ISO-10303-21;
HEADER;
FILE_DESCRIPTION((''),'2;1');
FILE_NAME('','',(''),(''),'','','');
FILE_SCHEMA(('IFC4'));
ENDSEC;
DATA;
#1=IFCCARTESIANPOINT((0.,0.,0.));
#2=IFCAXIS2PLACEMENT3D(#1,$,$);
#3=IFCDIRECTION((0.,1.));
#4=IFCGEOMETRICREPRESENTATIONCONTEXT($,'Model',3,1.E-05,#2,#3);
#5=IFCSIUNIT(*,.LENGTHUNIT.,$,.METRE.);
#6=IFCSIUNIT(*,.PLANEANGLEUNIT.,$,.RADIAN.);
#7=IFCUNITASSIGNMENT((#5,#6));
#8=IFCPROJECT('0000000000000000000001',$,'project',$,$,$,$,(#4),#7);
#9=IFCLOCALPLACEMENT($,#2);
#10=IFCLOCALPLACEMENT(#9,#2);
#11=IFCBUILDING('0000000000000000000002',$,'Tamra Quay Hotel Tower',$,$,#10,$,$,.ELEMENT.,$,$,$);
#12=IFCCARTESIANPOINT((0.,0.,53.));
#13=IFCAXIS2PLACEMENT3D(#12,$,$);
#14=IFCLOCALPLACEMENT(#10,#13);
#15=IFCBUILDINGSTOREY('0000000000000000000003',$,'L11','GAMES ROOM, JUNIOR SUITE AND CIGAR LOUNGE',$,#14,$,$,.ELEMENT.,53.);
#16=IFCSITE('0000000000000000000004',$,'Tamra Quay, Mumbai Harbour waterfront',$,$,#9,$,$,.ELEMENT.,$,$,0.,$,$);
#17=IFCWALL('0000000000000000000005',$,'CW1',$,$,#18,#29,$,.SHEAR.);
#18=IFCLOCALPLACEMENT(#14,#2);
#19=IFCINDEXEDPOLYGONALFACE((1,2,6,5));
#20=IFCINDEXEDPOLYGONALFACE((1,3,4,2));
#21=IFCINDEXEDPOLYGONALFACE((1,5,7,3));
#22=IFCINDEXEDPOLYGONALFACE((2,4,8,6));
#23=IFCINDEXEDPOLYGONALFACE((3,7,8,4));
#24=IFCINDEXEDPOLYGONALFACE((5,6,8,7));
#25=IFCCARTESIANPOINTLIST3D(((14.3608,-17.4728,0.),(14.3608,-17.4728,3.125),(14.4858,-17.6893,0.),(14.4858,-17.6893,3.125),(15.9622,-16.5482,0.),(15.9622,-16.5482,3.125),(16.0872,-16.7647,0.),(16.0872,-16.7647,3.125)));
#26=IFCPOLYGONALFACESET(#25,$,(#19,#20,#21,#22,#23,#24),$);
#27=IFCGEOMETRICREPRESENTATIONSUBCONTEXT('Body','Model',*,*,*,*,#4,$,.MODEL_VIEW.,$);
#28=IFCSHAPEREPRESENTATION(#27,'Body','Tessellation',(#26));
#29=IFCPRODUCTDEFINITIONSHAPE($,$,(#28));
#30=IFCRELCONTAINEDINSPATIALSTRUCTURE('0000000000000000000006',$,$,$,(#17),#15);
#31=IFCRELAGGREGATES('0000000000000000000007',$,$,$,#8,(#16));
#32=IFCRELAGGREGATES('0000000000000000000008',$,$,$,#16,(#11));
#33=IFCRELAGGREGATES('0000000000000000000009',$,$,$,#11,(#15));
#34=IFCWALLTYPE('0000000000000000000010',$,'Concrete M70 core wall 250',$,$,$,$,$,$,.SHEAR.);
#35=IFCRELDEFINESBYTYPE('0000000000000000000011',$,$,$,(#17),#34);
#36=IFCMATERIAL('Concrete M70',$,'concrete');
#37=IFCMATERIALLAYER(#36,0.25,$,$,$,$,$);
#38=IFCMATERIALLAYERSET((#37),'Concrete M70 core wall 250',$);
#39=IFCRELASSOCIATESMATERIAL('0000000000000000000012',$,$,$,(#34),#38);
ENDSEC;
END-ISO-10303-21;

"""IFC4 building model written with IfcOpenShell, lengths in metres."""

from ifc_helpers import new_model, si_unit, direction, frame, frame_2d, origin, place, context, subcontext, project, spatial, rectangle, extrude, material, layer, layer_set, type_object, element, save


model = new_model("IFC4")

# Units and contexts
model_context = context("Model", 3, precision=1e-05, world=origin(), true_north=direction((0.0, 1.0)))
body_context = subcontext(model_context, "Body", "Model", "MODEL_VIEW")
ifc_project = project(units=[si_unit("LENGTHUNIT", "METRE"), si_unit("PLANEANGLEUNIT", "RADIAN")], contexts=[model_context])

# Site, building, storey
site_placement = place(None, origin())
site = spatial("IfcSite", under=ifc_project, at=site_placement, Name="Tamra Quay, Mumbai Harbour waterfront", CompositionType="ELEMENT", RefElevation=0.0)
building_placement = place(site_placement, origin())
building = spatial("IfcBuilding", under=site, at=building_placement, Name="Tamra Quay Hotel Tower", CompositionType="ELEMENT")
storey_placement = place(building_placement, frame((0.0, 0.0, 53.0)))
storey = spatial("IfcBuildingStorey", under=building, at=storey_placement, Name="L11", Description="GAMES ROOM, JUNIOR SUITE AND CIGAR LOUNGE", CompositionType="ELEMENT", Elevation=53.0)

# Shared definitions
ifc_material_1 = material(Name="Concrete M70", Category="concrete")

# Shared definitions
ifc_layer_1 = layer(ifc_material_1, 0.25)
ifc_layer_set_1 = layer_set([ifc_layer_1], Name="Concrete M70 core wall 250")
wall_type_1 = type_object("IfcWallType", Name="Concrete M70 core wall 250", PredefinedType="SHEAR", material=ifc_layer_set_1)

# Wall
wall_1_placement = place(storey_placement, frame((16.0247, -16.6565, 0.0), z_axis=(0.0, 0.0, 1.0), x_axis=(-0.866016, -0.500016, 0.0)))
element("IfcWall", 1, at=wall_1_placement, inside=storey, type_object=wall_type_1, Name="CW1", PredefinedType="SHEAR", context=body_context, shape_type="SweptSolid", body=[
    extrude(rectangle(XDim=1.8491, YDim=0.25, at=frame_2d((0.9246, 0.0))), origin(), (0.0, 0.0, 1.0), 3.125),
])

save(model, "model.ifc")
